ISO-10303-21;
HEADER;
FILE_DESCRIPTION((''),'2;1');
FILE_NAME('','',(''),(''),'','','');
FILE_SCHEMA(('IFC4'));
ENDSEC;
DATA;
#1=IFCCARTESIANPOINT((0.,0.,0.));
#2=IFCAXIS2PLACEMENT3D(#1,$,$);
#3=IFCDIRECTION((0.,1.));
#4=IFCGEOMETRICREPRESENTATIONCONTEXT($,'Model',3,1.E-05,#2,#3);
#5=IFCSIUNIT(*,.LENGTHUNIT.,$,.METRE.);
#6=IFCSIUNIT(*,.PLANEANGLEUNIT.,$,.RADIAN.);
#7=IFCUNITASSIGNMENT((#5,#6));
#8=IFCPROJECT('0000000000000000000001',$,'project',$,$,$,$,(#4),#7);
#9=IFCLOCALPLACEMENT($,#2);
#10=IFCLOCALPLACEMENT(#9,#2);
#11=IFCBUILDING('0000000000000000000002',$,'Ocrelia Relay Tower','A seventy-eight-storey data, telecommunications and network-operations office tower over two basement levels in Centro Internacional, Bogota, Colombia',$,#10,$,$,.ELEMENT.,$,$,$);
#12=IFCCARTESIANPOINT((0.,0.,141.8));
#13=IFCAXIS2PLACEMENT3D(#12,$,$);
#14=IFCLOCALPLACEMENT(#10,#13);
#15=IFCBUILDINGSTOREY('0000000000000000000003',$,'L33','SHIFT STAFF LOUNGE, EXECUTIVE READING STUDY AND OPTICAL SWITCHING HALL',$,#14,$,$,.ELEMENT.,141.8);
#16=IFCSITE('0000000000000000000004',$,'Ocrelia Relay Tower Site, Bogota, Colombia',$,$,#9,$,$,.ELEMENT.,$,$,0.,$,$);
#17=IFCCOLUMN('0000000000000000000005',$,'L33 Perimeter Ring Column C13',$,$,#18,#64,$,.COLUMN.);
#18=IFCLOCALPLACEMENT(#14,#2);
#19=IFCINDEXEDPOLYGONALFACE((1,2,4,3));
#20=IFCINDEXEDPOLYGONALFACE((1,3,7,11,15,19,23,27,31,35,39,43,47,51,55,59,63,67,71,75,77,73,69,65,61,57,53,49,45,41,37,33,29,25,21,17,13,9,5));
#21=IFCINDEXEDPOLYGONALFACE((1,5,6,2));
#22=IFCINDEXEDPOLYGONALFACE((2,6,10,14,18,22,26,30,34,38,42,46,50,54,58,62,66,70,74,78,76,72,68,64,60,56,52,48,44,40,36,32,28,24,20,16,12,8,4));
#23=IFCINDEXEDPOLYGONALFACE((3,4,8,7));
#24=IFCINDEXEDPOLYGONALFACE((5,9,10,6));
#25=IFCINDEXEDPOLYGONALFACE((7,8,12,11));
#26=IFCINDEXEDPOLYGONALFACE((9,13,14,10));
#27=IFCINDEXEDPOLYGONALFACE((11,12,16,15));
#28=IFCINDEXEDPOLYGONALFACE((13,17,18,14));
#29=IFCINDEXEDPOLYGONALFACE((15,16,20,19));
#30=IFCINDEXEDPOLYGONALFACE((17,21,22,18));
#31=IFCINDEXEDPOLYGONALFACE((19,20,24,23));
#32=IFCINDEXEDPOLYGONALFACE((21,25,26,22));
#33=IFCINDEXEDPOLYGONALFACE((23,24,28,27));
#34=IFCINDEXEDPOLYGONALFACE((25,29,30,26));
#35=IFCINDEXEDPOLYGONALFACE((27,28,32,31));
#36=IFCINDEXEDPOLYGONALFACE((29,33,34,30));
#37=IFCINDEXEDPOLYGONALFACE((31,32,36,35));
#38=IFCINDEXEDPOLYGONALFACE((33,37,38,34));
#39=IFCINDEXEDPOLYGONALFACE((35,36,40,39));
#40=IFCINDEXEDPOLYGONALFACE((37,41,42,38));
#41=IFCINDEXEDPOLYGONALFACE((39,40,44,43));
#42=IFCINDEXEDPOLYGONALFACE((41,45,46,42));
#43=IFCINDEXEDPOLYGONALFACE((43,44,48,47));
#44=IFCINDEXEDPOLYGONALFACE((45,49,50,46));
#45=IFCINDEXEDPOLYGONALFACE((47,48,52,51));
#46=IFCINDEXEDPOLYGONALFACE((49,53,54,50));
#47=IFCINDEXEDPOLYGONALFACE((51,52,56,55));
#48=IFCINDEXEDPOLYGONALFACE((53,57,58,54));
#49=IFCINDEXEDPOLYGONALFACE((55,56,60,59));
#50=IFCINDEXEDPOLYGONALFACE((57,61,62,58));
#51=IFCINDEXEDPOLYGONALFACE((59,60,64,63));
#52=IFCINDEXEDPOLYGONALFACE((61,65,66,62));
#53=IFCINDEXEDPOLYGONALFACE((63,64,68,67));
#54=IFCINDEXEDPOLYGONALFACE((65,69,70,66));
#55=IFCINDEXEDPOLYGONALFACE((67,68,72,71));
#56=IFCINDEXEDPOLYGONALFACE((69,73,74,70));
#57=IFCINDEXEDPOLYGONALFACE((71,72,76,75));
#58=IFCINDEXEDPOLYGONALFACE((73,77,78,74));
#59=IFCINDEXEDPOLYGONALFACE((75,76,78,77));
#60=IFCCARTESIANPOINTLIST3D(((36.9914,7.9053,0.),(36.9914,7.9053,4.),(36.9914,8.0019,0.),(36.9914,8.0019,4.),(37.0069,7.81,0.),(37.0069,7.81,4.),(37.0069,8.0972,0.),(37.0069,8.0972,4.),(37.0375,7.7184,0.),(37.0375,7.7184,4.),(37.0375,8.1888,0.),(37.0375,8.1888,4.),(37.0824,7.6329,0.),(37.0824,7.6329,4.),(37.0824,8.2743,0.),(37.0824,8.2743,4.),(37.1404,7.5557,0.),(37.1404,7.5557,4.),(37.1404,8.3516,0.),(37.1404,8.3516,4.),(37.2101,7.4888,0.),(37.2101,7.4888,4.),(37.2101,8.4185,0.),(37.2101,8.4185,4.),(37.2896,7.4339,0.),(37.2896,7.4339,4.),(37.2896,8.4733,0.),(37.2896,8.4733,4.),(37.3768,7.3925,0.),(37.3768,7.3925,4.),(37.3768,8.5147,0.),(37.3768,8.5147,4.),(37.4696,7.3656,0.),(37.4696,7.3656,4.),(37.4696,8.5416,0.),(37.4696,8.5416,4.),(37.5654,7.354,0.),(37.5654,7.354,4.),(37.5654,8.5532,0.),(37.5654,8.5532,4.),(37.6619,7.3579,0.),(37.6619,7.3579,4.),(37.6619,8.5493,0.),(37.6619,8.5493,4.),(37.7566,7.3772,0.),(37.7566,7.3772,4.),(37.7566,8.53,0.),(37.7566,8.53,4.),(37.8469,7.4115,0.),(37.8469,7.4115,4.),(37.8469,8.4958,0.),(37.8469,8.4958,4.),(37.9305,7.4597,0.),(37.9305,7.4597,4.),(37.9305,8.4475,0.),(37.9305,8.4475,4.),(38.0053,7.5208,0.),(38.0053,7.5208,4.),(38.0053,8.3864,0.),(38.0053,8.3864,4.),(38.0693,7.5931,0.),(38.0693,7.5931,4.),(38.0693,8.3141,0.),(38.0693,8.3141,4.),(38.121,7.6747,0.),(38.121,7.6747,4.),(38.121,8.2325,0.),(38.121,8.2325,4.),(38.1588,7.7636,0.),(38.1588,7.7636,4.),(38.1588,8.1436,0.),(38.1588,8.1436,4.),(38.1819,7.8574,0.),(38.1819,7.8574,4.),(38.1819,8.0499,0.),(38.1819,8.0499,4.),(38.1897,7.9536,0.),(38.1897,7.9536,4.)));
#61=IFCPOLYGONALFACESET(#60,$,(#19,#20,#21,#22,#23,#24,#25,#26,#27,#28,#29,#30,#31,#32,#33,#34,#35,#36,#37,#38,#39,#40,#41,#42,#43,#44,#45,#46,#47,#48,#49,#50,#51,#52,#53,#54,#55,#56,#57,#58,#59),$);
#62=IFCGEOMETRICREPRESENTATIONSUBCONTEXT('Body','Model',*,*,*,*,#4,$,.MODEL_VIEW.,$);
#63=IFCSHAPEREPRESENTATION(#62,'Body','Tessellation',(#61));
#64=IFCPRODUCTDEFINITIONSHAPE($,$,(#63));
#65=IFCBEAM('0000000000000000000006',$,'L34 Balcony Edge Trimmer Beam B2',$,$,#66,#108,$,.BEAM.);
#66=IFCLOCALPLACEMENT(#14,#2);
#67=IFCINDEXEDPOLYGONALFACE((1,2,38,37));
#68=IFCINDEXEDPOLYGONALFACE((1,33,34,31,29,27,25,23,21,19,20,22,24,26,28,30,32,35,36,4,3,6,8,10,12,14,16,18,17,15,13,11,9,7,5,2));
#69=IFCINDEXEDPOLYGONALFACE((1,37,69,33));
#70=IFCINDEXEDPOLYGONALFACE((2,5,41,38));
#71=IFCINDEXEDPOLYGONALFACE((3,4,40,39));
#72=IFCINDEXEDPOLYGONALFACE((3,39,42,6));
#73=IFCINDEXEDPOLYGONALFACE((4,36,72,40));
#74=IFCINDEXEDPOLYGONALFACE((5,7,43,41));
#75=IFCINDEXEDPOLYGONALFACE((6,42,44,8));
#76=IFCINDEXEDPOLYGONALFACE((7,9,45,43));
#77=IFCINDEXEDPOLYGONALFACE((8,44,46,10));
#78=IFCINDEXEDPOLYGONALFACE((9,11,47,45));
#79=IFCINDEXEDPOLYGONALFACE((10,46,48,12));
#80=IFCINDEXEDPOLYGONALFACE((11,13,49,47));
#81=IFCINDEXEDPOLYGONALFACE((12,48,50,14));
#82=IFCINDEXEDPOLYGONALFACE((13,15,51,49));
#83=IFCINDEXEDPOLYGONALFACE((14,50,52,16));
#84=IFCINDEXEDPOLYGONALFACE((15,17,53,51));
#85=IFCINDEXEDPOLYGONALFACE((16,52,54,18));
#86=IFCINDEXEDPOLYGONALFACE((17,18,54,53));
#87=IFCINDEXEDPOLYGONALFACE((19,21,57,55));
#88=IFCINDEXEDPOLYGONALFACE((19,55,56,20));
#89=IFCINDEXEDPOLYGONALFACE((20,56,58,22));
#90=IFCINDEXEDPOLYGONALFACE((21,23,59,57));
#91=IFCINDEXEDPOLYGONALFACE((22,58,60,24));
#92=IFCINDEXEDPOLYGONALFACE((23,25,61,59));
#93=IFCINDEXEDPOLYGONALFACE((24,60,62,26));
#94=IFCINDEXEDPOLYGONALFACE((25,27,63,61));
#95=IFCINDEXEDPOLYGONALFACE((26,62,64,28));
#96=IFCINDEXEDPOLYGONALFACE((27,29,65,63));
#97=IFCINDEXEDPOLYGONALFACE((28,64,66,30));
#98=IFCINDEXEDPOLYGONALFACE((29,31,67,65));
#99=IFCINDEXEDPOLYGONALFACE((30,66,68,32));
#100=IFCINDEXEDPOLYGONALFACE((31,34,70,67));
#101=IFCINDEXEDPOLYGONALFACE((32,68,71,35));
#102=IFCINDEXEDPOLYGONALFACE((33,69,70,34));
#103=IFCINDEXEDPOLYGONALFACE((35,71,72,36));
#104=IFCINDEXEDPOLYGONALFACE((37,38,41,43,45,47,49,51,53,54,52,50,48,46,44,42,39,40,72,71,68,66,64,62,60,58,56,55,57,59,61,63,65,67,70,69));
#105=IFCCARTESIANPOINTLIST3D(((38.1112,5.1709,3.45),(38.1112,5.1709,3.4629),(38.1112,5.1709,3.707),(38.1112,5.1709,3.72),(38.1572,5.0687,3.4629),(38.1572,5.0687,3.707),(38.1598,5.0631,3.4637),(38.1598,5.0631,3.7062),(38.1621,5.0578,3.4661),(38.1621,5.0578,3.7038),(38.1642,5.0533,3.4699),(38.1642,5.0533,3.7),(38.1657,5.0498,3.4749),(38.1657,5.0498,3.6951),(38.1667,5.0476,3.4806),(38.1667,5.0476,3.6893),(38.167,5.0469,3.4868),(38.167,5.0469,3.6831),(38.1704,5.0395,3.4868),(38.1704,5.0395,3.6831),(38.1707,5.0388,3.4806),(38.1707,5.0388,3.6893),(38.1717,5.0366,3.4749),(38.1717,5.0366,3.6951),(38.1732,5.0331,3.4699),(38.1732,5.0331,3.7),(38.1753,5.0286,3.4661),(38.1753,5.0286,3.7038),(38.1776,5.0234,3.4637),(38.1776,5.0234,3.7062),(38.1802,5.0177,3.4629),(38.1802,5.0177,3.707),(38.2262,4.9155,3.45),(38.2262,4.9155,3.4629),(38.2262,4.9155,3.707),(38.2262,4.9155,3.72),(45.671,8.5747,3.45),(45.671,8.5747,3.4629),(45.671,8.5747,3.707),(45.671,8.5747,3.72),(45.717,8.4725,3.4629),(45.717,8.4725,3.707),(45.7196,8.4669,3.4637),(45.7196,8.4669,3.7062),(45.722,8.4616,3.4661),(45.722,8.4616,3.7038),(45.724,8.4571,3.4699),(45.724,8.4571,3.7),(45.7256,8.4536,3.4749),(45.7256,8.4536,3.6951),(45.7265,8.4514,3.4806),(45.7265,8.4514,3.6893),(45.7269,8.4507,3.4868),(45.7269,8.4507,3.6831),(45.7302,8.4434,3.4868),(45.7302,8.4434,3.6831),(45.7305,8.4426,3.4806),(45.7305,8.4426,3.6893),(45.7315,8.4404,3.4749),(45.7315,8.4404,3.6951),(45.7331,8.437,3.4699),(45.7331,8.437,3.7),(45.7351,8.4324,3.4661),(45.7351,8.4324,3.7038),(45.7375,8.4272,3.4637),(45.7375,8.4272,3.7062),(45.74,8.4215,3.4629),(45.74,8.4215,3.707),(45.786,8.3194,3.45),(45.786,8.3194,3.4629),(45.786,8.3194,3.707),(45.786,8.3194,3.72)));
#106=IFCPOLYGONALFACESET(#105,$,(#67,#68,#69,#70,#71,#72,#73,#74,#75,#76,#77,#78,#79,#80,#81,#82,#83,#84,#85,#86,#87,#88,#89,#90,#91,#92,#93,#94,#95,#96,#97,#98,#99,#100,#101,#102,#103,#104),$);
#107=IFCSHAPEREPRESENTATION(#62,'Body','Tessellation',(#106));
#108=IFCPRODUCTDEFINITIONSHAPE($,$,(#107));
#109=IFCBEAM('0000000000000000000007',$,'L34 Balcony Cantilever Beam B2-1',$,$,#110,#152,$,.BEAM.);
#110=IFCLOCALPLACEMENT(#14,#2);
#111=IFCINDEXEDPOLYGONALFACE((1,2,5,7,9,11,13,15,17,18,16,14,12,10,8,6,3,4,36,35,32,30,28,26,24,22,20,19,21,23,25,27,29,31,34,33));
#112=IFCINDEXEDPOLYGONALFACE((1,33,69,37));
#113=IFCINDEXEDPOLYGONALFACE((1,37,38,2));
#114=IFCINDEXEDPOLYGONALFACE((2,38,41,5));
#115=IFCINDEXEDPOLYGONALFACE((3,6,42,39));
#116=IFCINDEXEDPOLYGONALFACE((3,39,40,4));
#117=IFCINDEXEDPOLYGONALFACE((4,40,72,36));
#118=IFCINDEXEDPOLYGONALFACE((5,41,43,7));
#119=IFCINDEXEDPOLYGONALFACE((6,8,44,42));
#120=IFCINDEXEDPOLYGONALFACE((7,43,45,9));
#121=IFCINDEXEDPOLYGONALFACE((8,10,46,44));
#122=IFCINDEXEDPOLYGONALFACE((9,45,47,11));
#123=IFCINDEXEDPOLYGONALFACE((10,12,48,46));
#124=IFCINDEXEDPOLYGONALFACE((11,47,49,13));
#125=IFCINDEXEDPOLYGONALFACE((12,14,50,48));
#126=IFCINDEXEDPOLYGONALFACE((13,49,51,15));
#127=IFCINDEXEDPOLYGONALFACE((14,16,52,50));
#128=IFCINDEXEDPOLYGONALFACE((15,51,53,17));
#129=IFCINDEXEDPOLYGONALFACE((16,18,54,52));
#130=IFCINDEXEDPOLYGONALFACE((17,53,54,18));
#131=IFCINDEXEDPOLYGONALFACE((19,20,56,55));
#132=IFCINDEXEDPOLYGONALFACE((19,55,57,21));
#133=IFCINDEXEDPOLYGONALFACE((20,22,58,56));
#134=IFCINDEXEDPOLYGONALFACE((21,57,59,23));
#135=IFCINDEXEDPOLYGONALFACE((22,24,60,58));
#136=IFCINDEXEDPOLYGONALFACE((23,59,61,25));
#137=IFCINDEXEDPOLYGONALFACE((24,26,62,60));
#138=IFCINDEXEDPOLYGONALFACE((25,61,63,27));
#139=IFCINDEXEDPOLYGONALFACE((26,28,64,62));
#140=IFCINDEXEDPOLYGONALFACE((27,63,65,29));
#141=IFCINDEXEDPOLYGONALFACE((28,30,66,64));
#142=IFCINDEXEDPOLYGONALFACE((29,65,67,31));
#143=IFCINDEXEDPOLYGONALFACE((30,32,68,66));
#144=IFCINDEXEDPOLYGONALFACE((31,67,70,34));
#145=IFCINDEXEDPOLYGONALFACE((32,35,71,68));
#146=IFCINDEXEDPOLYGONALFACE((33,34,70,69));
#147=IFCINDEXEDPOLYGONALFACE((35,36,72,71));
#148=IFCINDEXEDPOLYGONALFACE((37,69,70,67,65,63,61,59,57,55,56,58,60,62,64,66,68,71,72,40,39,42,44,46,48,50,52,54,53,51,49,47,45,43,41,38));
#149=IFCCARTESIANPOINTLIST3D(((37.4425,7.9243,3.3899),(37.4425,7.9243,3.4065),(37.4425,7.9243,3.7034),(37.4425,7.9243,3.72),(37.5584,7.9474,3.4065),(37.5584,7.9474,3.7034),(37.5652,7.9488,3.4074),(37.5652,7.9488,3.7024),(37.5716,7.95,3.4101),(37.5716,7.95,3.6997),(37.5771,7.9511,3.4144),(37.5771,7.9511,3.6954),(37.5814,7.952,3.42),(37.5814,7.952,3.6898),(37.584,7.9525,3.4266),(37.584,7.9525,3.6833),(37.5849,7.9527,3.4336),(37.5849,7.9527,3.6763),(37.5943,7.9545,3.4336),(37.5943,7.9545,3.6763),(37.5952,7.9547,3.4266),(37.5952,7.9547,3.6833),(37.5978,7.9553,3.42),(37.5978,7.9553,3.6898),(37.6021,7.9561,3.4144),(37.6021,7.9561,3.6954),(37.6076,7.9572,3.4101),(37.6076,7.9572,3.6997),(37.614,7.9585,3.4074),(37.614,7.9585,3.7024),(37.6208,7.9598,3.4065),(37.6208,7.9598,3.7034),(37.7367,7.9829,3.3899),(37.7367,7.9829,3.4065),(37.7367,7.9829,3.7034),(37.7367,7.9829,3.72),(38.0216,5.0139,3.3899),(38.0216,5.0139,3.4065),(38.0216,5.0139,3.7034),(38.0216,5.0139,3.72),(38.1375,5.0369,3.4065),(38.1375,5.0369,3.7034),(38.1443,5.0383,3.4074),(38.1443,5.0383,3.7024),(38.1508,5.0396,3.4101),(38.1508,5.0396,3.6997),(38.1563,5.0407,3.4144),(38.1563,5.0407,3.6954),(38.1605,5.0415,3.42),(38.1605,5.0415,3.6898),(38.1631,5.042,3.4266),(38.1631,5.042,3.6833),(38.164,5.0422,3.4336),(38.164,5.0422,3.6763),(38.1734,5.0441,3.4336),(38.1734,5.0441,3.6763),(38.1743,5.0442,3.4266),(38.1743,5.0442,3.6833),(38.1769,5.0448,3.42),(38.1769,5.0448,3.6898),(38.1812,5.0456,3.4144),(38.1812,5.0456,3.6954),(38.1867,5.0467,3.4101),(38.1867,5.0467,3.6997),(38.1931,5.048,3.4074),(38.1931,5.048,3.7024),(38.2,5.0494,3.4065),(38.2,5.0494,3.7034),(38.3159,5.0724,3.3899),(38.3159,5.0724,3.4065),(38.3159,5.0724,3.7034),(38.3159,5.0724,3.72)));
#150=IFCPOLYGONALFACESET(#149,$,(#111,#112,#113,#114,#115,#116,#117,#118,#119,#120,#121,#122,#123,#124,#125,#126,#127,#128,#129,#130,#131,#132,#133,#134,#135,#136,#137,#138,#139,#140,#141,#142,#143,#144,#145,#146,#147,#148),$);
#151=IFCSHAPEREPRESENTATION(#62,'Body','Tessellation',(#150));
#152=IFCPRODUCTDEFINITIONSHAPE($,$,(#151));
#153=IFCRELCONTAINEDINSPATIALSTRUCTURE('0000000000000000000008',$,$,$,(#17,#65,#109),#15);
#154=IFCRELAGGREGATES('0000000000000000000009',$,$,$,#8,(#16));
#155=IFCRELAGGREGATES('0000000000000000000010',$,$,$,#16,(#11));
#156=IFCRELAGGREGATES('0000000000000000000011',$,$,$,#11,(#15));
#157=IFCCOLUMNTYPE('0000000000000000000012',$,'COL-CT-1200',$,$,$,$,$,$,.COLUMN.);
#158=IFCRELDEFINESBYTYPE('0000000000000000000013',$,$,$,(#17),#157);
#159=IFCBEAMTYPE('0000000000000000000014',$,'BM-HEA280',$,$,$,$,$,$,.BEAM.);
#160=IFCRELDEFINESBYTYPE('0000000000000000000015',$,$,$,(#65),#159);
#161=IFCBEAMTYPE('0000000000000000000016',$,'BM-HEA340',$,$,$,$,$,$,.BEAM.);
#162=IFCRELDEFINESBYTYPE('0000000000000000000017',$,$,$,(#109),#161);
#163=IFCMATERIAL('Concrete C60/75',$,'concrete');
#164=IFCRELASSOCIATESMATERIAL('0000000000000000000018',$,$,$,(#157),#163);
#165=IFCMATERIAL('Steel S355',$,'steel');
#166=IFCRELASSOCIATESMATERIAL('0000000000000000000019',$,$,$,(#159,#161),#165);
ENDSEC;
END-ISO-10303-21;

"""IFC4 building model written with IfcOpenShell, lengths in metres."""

from ifc_helpers import new_model, si_unit, direction, frame, origin, origin_2d, place, context, subcontext, project, spatial, circle, i_section, extrude, material, material_profile, profile_set, type_object, element, save


model = new_model("IFC4")

# Units and contexts
model_context = context("Model", 3, precision=1e-05, world=origin(), true_north=direction((0.0, 1.0)))
body_context = subcontext(model_context, "Body", "Model", "MODEL_VIEW")
ifc_project = project(units=[si_unit("LENGTHUNIT", "METRE"), si_unit("PLANEANGLEUNIT", "RADIAN")], contexts=[model_context])

# Site, building, storey
site_placement = place(None, origin())
site = spatial("IfcSite", under=ifc_project, at=site_placement, Name="Ocrelia Relay Tower Site, Bogota, Colombia", CompositionType="ELEMENT", RefElevation=0.0)
building_placement = place(site_placement, origin())
building = spatial("IfcBuilding", under=site, at=building_placement, Name="Ocrelia Relay Tower", Description="A seventy-eight-storey data, telecommunications and network-operations office tower over two basement levels in Centro Internacional, Bogota, Colombia", CompositionType="ELEMENT")
storey_placement = place(building_placement, frame((0.0, 0.0, 141.8)))
storey = spatial("IfcBuildingStorey", under=building, at=storey_placement, Name="L33", Description="SHIFT STAFF LOUNGE, EXECUTIVE READING STUDY AND OPTICAL SWITCHING HALL", CompositionType="ELEMENT", Elevation=141.8)

# Column
ifc_material_1 = material(Name="Concrete C60/75", Category="concrete")
ifc_material_profile_1 = material_profile(ifc_material_1, circle(Radius=0.6001, at=origin_2d()), Name="RC-CIR-1200")
ifc_profile_set_1 = profile_set([ifc_material_profile_1], Name="Concrete C60/75")
column_type = type_object("IfcColumnType", Name="COL-CT-1200", PredefinedType="COLUMN", material=ifc_profile_set_1)
column_placement = place(storey_placement, frame((37.5896, 7.9536, 0.0), z_axis=(0.0, 0.0, 1.0), x_axis=(1.0, 0.0, 0.0)))
element("IfcColumn", 1, at=column_placement, inside=storey, type_object=column_type, Name="L33 Perimeter Ring Column C13", PredefinedType="COLUMN", context=body_context, shape_type="SweptSolid", body=[
    extrude(circle(Radius=0.6001, at=origin_2d()), origin(), (0.0, 0.0, 1.0), 4.0),
])

# Beams
ifc_material_2 = material(Name="Steel S355", Category="steel")
ifc_material_profile_2 = material_profile(ifc_material_2, i_section(OverallWidth=0.28, OverallDepth=0.27, WebThickness=0.0081, FlangeThickness=0.0129, FilletRadius=0.0239, at=origin_2d()), Name="HEA 280")
ifc_profile_set_2 = profile_set([ifc_material_profile_2], Name="Steel S355")
beam_type_1 = type_object("IfcBeamType", Name="BM-HEA280", PredefinedType="BEAM", material=ifc_profile_set_2)
beam_1_placement = place(storey_placement, frame((38.1687, 5.0432, 3.585), z_axis=(0.911836, 0.410554, 0.0), x_axis=(-0.410554, 0.911836, 0.0)))
element("IfcBeam", 2, at=beam_1_placement, inside=storey, type_object=beam_type_1, Name="L34 Balcony Edge Trimmer Beam B2", PredefinedType="BEAM", context=body_context, shape_type="SweptSolid", body=[
    extrude(i_section(OverallWidth=0.28, OverallDepth=0.27, WebThickness=0.0081, FlangeThickness=0.0129, FilletRadius=0.0239, at=origin_2d()), origin(), (0.0, 0.0, 1.0), 8.2908),
])
ifc_material_profile_3 = material_profile(ifc_material_2, i_section(OverallWidth=0.3, OverallDepth=0.3301, WebThickness=0.0095, FlangeThickness=0.0166, FilletRadius=0.0271, at=origin_2d()), Name="HEA 340")
ifc_profile_set_3 = profile_set([ifc_material_profile_3], Name="Steel S355")
beam_type_2 = type_object("IfcBeamType", Name="BM-HEA340", PredefinedType="BEAM", material=ifc_profile_set_3)
beam_2_placement = place(storey_placement, frame((37.5896, 7.9536, 3.5549), z_axis=(0.195151, -0.980773, 0.0), x_axis=(0.980773, 0.195151, 0.0)))
element("IfcBeam", 3, at=beam_2_placement, inside=storey, type_object=beam_type_2, Name="L34 Balcony Cantilever Beam B2-1", PredefinedType="BEAM", context=body_context, shape_type="SweptSolid", body=[
    extrude(i_section(OverallWidth=0.3, OverallDepth=0.3301, WebThickness=0.0095, FlangeThickness=0.0166, FilletRadius=0.0271, at=origin_2d()), origin(), (0.0, 0.0, 1.0), 2.9675),
])

save(model, "model.ifc")
